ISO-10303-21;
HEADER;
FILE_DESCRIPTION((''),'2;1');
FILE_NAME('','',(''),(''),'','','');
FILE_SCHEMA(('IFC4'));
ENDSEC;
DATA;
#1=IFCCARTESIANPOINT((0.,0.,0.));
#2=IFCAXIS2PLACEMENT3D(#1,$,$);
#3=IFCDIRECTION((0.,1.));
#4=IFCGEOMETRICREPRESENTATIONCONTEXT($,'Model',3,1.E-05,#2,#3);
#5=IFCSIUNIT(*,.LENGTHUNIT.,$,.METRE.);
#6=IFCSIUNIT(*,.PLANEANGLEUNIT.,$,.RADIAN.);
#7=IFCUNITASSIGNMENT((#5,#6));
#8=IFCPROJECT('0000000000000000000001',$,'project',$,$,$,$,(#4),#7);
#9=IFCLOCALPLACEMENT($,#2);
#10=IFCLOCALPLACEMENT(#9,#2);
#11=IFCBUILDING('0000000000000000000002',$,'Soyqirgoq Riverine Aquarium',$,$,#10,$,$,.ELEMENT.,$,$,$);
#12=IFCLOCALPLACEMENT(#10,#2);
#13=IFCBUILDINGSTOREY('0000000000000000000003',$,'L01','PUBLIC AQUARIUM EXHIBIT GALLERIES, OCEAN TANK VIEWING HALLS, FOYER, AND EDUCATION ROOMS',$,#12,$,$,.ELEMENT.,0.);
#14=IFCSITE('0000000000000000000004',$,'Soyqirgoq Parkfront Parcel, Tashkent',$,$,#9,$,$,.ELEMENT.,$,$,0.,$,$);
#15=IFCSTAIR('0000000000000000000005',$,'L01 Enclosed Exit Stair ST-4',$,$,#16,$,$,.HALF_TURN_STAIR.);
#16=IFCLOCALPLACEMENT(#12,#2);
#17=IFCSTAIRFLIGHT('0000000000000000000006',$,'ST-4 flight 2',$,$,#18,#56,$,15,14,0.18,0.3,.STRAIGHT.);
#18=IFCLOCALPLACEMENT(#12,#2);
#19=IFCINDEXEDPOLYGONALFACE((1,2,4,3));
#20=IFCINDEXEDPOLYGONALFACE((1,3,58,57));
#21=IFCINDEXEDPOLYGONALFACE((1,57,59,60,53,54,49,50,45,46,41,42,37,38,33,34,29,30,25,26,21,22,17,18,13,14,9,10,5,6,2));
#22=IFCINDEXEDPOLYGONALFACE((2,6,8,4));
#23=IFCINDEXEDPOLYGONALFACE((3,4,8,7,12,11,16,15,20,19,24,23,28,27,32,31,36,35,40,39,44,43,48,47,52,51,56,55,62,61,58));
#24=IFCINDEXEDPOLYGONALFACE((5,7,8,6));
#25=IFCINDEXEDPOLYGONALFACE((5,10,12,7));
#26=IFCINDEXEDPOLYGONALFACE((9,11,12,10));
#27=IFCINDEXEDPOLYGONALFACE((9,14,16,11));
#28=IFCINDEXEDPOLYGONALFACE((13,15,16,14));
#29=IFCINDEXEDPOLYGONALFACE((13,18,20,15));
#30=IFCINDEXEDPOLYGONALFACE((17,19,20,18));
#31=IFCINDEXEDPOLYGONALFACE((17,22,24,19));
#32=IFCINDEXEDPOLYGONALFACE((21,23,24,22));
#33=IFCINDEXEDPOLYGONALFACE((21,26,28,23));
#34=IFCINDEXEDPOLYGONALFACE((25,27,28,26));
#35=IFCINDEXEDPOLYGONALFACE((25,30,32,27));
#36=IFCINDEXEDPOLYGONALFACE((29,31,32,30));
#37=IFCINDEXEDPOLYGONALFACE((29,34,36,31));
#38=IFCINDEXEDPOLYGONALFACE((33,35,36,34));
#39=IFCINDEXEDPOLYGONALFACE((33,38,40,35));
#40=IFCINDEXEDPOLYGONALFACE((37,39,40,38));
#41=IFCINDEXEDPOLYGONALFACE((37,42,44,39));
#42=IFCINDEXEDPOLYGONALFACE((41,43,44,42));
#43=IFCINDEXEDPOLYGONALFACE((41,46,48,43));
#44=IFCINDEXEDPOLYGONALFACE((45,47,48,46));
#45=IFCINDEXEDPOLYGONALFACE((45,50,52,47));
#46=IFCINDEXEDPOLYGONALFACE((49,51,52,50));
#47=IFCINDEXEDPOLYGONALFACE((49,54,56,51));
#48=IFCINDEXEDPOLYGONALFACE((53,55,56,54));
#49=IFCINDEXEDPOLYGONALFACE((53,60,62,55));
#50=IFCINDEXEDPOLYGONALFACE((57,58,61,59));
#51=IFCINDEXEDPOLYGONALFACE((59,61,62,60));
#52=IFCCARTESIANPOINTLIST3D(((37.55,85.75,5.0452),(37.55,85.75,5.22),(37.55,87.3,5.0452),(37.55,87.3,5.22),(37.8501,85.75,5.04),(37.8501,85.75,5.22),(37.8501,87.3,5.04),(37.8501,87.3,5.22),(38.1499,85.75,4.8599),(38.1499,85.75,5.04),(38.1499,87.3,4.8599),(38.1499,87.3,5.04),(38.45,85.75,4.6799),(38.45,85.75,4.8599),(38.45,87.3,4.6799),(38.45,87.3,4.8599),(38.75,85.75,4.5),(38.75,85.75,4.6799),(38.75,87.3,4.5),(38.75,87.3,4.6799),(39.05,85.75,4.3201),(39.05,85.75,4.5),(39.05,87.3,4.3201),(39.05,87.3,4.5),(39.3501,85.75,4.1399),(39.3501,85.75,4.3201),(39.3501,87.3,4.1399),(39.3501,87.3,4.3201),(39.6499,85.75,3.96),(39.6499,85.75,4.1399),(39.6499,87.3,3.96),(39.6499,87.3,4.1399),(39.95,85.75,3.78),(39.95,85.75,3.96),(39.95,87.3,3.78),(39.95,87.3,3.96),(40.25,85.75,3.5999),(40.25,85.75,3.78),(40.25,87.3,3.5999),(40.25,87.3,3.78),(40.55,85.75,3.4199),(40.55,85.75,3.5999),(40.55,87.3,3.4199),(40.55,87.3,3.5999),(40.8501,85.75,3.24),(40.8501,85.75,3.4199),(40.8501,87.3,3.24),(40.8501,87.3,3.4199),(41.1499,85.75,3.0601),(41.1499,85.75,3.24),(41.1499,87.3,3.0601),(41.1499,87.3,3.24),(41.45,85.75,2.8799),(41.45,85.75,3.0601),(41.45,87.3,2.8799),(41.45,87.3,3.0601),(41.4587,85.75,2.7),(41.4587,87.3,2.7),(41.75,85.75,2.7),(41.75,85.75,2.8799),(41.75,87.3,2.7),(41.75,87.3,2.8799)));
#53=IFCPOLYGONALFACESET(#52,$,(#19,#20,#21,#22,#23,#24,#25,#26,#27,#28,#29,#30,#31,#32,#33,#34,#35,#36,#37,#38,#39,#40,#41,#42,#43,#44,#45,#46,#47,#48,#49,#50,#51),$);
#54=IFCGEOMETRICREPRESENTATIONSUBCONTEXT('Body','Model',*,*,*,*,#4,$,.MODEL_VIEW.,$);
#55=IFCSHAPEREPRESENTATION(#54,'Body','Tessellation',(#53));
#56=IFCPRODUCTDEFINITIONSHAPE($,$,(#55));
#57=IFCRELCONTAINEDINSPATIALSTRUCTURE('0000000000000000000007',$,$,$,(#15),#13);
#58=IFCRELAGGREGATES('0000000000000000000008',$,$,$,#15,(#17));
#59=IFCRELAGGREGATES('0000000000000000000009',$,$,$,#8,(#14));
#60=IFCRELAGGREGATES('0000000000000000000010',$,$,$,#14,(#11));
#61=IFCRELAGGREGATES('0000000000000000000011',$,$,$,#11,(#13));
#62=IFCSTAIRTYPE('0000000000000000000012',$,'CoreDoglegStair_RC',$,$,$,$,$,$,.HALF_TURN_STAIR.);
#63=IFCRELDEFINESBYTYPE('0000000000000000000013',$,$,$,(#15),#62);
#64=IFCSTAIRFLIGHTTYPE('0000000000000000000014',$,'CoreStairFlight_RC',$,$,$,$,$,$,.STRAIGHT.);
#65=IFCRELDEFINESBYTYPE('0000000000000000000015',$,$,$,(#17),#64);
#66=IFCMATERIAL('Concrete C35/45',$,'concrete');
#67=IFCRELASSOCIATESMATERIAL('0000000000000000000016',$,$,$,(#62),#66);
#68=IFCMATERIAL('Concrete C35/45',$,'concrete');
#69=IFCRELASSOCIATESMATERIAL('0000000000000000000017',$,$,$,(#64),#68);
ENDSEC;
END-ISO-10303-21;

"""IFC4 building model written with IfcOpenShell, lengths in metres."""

from ifc_helpers import new_model, si_unit, direction, frame, origin, place, context, subcontext, project, spatial, polyline, outline, extrude, material, type_object, element, aggregate, save


model = new_model("IFC4")

# Units and contexts
model_context = context("Model", 3, precision=1e-05, world=origin(), true_north=direction((0.0, 1.0)))
body_context = subcontext(model_context, "Body", "Model", "MODEL_VIEW")
ifc_project = project(units=[si_unit("LENGTHUNIT", "METRE"), si_unit("PLANEANGLEUNIT", "RADIAN")], contexts=[model_context])

# Site, building, storey
site_placement = place(None, origin())
site = spatial("IfcSite", under=ifc_project, at=site_placement, Name="Soyqirgoq Parkfront Parcel, Tashkent", CompositionType="ELEMENT", RefElevation=0.0)
building_placement = place(site_placement, origin())
building = spatial("IfcBuilding", under=site, at=building_placement, Name="Soyqirgoq Riverine Aquarium", CompositionType="ELEMENT")
storey_placement = place(building_placement, origin())
storey = spatial("IfcBuildingStorey", under=building, at=storey_placement, Name="L01", Description="PUBLIC AQUARIUM EXHIBIT GALLERIES, OCEAN TANK VIEWING HALLS, FOYER, AND EDUCATION ROOMS", CompositionType="ELEMENT", Elevation=0.0)

# Stair, stair flight
ifc_material_1 = material(Name="Concrete C35/45", Category="concrete")
stair_type = type_object("IfcStairType", Name="CoreDoglegStair_RC", PredefinedType="HALF_TURN_STAIR", material=ifc_material_1)
stair_placement = place(storey_placement, origin())
stair = element("IfcStair", 1, at=stair_placement, inside=storey, type_object=stair_type, Name="L01 Enclosed Exit Stair ST-4", PredefinedType="HALF_TURN_STAIR")
ifc_material_2 = material(Name="Concrete C35/45", Category="concrete")
stair_flight_type = type_object("IfcStairFlightType", Name="CoreStairFlight_RC", PredefinedType="STRAIGHT", material=ifc_material_2)
stair_flight_1_placement = place(storey_placement, frame((41.75, 86.5249, 2.7), z_axis=(0.0, 0.0, 1.0), x_axis=(-1.0, 0.0, 0.0)))
stair_flight_1 = element("IfcStairFlight", 2, at=stair_flight_1_placement, type_object=stair_flight_type, Name="ST-4 flight 2", NumberOfRisers=15, NumberOfTreads=14, PredefinedType="STRAIGHT", RiserHeight=0.18, TreadLength=0.3, context=body_context, shape_type="SweptSolid", body=[
    extrude(outline(polyline([(0.0, 0.0), (0.0, 0.1799), (0.3, 0.1799), (0.3, 0.3601), (0.6001, 0.3601), (0.6001, 0.54), (0.8999, 0.54), (0.8999, 0.72), (1.2, 0.72), (1.2, 0.8999), (1.5, 0.8999), (1.5, 1.0801), (1.8, 1.0801), (1.8, 1.26), (2.1001, 1.26), (2.1001, 1.4399), (2.3999, 1.4399), (2.3999, 1.6201), (2.7, 1.6201), (2.7, 1.8), (3.0, 1.8), (3.0, 1.98), (3.3, 1.98), (3.3, 2.1599), (3.6001, 2.1599), (3.6001, 2.3401), (3.8999, 2.3401), (3.8999, 2.52), (4.2, 2.52), (4.2, 2.7), (4.2, 2.3452), (0.2913, 0.0), (0.0, 0.0)])), frame((0.0, 0.7749, 0.0), z_axis=(0.0, -1.0, 0.0), x_axis=(1.0, 0.0, 0.0)), (0.0, 0.0, 1.0), 1.55),
])
aggregate(stair, [stair_flight_1])

save(model, "model.ifc")
